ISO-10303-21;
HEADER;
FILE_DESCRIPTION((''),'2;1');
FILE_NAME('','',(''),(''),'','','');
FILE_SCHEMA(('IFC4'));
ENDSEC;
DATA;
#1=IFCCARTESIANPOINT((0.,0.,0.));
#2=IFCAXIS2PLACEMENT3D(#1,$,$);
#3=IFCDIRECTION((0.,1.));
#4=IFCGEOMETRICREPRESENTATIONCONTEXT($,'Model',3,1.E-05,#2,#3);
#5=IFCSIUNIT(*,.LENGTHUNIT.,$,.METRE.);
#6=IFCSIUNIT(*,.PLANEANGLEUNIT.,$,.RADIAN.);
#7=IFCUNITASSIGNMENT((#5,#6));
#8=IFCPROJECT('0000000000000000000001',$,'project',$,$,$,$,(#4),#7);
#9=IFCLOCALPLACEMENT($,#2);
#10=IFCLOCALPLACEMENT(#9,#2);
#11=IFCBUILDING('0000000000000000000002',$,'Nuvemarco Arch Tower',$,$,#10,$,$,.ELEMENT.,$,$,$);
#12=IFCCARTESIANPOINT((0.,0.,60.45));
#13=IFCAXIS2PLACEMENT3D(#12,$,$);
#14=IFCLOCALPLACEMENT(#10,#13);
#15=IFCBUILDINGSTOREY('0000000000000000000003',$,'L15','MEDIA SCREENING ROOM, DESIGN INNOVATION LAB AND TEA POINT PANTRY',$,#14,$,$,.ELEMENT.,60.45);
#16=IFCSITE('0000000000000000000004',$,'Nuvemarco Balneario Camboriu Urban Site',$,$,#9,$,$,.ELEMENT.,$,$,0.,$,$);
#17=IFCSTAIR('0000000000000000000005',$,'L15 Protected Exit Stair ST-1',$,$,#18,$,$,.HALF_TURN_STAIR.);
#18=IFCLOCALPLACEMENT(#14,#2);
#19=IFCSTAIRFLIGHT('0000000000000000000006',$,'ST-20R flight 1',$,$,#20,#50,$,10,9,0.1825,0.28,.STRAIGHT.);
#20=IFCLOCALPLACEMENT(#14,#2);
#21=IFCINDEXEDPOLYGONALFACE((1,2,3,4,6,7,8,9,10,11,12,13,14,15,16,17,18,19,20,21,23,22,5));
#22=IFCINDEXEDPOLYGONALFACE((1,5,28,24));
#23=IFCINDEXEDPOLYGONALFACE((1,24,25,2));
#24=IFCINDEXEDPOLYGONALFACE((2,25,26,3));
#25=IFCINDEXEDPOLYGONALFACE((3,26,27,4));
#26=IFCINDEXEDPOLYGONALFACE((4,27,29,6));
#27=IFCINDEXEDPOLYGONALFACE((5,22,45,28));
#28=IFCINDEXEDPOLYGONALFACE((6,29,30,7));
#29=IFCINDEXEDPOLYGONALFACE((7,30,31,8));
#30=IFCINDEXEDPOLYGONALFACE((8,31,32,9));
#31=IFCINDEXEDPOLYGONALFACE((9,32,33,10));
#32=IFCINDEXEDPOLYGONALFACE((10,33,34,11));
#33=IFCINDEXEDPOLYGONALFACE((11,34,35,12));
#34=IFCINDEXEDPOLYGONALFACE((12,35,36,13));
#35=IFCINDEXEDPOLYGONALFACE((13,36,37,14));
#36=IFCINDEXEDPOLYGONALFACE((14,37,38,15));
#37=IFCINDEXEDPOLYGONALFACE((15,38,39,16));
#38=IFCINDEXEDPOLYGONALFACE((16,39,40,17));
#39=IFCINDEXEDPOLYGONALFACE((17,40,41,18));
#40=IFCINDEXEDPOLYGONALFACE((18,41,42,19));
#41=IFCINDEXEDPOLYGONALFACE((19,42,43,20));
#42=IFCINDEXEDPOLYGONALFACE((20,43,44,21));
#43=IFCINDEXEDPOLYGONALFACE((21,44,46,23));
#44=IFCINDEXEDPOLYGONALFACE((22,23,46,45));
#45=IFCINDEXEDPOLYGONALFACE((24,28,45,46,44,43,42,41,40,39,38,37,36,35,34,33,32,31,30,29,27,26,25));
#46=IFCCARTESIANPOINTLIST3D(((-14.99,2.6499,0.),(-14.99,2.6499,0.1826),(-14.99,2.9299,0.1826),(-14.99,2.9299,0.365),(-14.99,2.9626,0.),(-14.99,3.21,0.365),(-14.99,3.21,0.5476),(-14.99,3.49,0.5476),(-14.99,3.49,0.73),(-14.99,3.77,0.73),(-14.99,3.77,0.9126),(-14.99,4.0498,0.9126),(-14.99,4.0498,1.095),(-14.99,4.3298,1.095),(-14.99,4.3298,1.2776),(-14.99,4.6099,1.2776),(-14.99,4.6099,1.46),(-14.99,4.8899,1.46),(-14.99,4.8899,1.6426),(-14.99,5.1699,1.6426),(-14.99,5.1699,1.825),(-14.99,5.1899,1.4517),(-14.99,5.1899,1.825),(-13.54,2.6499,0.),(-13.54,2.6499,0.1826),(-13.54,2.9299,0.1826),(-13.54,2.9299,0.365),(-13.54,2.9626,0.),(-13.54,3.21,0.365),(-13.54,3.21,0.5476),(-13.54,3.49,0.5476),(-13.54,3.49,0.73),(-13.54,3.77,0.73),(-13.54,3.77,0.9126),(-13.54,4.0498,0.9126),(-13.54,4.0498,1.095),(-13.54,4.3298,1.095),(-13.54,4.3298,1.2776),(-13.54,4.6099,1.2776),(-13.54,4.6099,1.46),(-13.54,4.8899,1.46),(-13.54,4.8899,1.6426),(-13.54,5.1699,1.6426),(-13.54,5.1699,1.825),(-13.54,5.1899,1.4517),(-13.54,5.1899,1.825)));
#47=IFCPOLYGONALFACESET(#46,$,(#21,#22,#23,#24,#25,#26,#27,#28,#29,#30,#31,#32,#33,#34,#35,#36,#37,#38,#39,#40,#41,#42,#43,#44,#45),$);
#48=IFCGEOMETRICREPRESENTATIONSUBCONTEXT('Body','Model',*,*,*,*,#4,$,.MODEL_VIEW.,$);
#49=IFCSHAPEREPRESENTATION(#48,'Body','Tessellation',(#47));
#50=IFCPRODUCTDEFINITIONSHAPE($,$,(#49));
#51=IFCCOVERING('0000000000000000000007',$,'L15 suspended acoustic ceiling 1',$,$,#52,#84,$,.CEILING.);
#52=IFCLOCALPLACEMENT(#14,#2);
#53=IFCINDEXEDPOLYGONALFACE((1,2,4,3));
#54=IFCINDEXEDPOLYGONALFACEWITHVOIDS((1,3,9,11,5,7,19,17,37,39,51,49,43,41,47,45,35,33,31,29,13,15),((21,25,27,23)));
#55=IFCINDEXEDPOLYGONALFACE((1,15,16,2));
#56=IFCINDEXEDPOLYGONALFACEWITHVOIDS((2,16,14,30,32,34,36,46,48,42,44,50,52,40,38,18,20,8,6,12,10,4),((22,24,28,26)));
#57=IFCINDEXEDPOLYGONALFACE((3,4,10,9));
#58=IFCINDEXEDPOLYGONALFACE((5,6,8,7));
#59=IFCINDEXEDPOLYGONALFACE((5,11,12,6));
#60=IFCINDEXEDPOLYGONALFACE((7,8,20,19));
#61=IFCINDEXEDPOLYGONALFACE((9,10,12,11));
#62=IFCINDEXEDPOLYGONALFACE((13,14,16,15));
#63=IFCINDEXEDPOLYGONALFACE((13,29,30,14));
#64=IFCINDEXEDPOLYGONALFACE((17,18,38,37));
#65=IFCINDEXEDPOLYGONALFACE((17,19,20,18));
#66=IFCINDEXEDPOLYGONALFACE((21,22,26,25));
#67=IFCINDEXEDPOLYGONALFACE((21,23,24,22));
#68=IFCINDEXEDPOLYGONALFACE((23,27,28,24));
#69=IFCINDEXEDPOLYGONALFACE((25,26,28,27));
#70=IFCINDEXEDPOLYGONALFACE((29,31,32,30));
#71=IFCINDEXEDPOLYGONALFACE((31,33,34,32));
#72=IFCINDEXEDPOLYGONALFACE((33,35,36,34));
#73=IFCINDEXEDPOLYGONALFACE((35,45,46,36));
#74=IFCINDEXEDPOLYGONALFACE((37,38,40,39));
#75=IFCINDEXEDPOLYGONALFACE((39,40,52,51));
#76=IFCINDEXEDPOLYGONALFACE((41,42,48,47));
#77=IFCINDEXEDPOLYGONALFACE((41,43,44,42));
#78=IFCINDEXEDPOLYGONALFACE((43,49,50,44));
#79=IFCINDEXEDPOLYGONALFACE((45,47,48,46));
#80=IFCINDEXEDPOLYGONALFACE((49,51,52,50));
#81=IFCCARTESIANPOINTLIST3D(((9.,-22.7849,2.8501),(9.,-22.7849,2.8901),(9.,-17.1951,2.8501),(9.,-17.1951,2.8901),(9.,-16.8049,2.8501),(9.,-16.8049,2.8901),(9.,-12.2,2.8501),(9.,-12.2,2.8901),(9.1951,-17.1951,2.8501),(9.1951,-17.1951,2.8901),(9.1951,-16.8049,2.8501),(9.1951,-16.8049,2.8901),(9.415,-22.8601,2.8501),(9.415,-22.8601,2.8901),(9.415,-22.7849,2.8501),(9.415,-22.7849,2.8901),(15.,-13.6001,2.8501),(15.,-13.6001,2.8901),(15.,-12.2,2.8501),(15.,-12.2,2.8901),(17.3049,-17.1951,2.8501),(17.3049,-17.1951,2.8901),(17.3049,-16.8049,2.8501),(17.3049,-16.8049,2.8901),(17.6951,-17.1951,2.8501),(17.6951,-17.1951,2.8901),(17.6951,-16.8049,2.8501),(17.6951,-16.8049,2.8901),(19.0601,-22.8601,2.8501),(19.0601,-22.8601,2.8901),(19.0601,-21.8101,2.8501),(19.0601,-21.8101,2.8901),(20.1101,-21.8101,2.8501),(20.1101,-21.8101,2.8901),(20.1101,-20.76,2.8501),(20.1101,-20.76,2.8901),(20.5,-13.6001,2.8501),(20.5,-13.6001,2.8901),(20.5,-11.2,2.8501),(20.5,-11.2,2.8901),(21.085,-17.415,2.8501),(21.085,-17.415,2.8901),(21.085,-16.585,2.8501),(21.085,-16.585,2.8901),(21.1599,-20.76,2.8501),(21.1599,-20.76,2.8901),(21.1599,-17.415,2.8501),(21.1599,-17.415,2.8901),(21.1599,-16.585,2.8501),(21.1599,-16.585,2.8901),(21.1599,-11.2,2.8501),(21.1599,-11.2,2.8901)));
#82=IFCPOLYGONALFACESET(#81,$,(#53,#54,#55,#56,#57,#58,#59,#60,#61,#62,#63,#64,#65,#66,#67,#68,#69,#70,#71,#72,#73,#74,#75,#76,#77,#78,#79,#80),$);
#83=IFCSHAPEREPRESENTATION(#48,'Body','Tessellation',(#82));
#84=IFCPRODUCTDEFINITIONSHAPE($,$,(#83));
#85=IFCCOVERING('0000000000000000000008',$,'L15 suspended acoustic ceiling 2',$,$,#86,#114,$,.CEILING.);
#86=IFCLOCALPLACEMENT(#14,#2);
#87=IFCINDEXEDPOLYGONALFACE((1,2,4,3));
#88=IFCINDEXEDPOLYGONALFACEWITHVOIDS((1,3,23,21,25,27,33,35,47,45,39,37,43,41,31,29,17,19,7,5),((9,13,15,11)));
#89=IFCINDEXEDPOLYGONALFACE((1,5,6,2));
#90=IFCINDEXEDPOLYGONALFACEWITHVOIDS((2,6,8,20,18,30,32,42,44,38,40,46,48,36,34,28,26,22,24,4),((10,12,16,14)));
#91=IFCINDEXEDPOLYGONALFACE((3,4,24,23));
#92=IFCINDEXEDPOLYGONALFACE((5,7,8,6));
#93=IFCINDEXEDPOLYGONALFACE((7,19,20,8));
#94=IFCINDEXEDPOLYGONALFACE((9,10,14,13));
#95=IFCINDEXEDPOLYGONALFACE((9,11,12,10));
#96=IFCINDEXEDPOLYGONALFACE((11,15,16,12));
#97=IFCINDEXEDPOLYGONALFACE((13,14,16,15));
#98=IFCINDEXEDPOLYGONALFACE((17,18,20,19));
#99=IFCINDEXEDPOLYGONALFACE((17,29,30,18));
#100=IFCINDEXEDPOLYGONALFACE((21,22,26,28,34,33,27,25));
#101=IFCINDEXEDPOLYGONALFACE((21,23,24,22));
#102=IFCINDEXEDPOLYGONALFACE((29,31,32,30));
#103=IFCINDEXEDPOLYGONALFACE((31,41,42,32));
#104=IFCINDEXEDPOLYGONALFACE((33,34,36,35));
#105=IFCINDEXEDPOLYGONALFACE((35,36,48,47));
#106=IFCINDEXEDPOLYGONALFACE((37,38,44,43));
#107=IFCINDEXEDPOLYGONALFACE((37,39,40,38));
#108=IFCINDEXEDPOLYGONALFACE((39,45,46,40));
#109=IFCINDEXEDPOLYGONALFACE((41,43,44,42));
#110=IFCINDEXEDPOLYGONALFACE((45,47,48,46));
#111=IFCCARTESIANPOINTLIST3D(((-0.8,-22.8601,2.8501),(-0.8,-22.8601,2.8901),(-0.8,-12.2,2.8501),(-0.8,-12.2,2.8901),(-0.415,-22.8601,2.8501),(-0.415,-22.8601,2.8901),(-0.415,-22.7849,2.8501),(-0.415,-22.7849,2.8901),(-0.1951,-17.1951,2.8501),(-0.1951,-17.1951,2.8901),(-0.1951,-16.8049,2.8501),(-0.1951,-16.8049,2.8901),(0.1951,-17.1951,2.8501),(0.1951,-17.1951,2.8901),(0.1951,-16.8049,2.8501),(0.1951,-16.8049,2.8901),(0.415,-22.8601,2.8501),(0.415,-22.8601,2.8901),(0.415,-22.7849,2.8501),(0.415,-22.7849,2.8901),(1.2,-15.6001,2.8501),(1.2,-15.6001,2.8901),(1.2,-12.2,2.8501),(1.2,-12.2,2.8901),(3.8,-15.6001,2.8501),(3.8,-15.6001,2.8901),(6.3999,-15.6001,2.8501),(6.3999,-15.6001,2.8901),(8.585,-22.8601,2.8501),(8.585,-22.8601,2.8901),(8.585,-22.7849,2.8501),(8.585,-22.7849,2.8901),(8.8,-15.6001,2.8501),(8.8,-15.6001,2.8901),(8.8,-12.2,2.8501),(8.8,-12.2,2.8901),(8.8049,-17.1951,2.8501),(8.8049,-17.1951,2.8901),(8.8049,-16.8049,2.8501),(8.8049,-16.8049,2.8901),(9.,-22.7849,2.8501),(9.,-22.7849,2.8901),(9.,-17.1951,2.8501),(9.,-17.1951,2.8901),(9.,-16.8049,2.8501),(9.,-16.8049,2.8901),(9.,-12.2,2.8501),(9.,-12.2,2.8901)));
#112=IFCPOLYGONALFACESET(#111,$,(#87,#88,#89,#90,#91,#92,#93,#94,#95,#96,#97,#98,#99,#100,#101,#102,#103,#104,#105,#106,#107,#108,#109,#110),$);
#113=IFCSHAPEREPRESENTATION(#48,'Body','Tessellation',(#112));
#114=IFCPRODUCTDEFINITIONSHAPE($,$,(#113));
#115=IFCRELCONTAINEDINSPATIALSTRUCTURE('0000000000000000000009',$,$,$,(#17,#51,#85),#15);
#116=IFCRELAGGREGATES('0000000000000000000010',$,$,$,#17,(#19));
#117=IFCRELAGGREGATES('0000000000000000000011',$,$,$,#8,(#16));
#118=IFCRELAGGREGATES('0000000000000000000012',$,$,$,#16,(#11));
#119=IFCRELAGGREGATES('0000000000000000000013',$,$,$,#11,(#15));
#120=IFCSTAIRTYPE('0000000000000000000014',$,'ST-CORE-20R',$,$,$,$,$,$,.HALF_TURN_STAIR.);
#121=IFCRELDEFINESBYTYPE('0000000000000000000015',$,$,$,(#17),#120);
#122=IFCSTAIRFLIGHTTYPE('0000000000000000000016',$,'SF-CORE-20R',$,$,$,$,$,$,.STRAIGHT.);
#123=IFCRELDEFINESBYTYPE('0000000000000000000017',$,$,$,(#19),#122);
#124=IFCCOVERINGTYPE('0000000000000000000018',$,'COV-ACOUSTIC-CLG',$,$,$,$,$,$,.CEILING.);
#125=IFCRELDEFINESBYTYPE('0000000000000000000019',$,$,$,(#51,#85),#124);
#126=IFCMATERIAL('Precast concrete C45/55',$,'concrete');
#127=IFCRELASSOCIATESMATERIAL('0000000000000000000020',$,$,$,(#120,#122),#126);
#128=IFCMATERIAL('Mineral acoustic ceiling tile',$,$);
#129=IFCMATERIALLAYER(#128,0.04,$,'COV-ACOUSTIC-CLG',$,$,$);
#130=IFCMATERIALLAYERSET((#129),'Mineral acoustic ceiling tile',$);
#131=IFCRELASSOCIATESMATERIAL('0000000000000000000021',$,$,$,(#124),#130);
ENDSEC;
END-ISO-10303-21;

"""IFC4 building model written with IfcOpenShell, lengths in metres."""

from ifc_helpers import new_model, si_unit, direction, frame, origin, place, context, subcontext, project, spatial, polyline, outline, extrude, material, layer, layer_set, type_object, element, aggregate, save


model = new_model("IFC4")

# Units and contexts
model_context = context("Model", 3, precision=1e-05, world=origin(), true_north=direction((0.0, 1.0)))
body_context = subcontext(model_context, "Body", "Model", "MODEL_VIEW")
ifc_project = project(units=[si_unit("LENGTHUNIT", "METRE"), si_unit("PLANEANGLEUNIT", "RADIAN")], contexts=[model_context])

# Site, building, storey
site_placement = place(None, origin())
site = spatial("IfcSite", under=ifc_project, at=site_placement, Name="Nuvemarco Balneario Camboriu Urban Site", CompositionType="ELEMENT", RefElevation=0.0)
building_placement = place(site_placement, origin())
building = spatial("IfcBuilding", under=site, at=building_placement, Name="Nuvemarco Arch Tower", CompositionType="ELEMENT")
storey_placement = place(building_placement, frame((0.0, 0.0, 60.45)))
storey = spatial("IfcBuildingStorey", under=building, at=storey_placement, Name="L15", Description="MEDIA SCREENING ROOM, DESIGN INNOVATION LAB AND TEA POINT PANTRY", CompositionType="ELEMENT", Elevation=60.45)

# Stair
ifc_material_1 = material(Name="Precast concrete C45/55", Category="concrete")
stair_type = type_object("IfcStairType", Name="ST-CORE-20R", PredefinedType="HALF_TURN_STAIR", material=ifc_material_1)
stair_1_placement = place(storey_placement, origin())
stair_1 = element("IfcStair", 1, at=stair_1_placement, inside=storey, type_object=stair_type, Name="L15 Protected Exit Stair ST-1", PredefinedType="HALF_TURN_STAIR")

# Stair flight
stair_flight_type = type_object("IfcStairFlightType", Name="SF-CORE-20R", PredefinedType="STRAIGHT", material=ifc_material_1)
stair_flight_placement = place(storey_placement, frame((-14.2649, 2.6499, 0.0), z_axis=(0.0, 0.0, 1.0), x_axis=(0.0, 1.0, 0.0)))
stair_flight = element("IfcStairFlight", 2, at=stair_flight_placement, type_object=stair_flight_type, Name="ST-20R flight 1", NumberOfRisers=10, NumberOfTreads=9, PredefinedType="STRAIGHT", RiserHeight=0.1825, TreadLength=0.28, context=body_context, shape_type="SweptSolid", body=[
    extrude(outline(polyline([(0.0, 0.0), (0.0, 0.1826), (0.28, 0.1826), (0.28, 0.365), (0.5601, 0.365), (0.5601, 0.5476), (0.8401, 0.5476), (0.8401, 0.73), (1.1201, 0.73), (1.1201, 0.9126), (1.3999, 0.9126), (1.3999, 1.095), (1.6799, 1.095), (1.6799, 1.2776), (1.96, 1.2776), (1.96, 1.46), (2.24, 1.46), (2.24, 1.6426), (2.52, 1.6426), (2.52, 1.825), (2.54, 1.825), (2.54, 1.4517), (0.3127, 0.0), (0.0, 0.0)])), frame((0.0, 0.7251, 0.0), z_axis=(0.0, -1.0, 0.0), x_axis=(1.0, 0.0, 0.0)), (0.0, 0.0, 1.0), 1.45),
])
aggregate(stair_1, [stair_flight])

# Coverings
ifc_material_2 = material(Name="Mineral acoustic ceiling tile")
ifc_layer_1 = layer(ifc_material_2, 0.04, Name="COV-ACOUSTIC-CLG")
ifc_layer_set_1 = layer_set([ifc_layer_1], Name="Mineral acoustic ceiling tile")
covering_type = type_object("IfcCoveringType", Name="COV-ACOUSTIC-CLG", PredefinedType="CEILING", material=ifc_layer_set_1)
covering_1_placement = place(storey_placement, frame((0.0, 0.0, 2.8501)))
element("IfcCovering", 3, at=covering_1_placement, inside=storey, type_object=covering_type, Name="L15 suspended acoustic ceiling 1", PredefinedType="CEILING", context=body_context, shape_type="SweptSolid", body=[
    extrude(outline(polyline([(19.0601, -22.8601), (9.415, -22.8601), (9.415, -22.7849), (9.0, -22.7849), (9.0, -17.1951), (9.1951, -17.1951), (9.1951, -16.8049), (9.0, -16.8049), (9.0, -12.2), (15.0, -12.2), (15.0, -13.6001), (20.5, -13.6001), (20.5, -11.2), (21.1599, -11.2), (21.1599, -16.585), (21.085, -16.585), (21.085, -17.415), (21.1599, -17.415), (21.1599, -20.76), (20.1101, -20.76), (20.1101, -21.8101), (19.0601, -21.8101), (19.0601, -22.8601)]), holes=[polyline([(17.6951, -17.1951), (17.6951, -16.8049), (17.3049, -16.8049), (17.3049, -17.1951), (17.6951, -17.1951)])]), origin(), (0.0, 0.0, 1.0), 0.04),
])
covering_2_placement = place(storey_placement, frame((0.0, 0.0, 2.8501)))
element("IfcCovering", 4, at=covering_2_placement, inside=storey, type_object=covering_type, Name="L15 suspended acoustic ceiling 2", PredefinedType="CEILING", context=body_context, shape_type="SweptSolid", body=[
    extrude(outline(polyline([(3.8, -15.6001), (6.3999, -15.6001), (8.8, -15.6001), (8.8, -12.2), (9.0, -12.2), (9.0, -16.8049), (8.8049, -16.8049), (8.8049, -17.1951), (9.0, -17.1951), (9.0, -22.7849), (8.585, -22.7849), (8.585, -22.8601), (0.415, -22.8601), (0.415, -22.7849), (-0.415, -22.7849), (-0.415, -22.8601), (-0.8, -22.8601), (-0.8, -12.2), (1.2, -12.2), (1.2, -15.6001), (3.8, -15.6001)]), holes=[polyline([(0.1951, -17.1951), (0.1951, -16.8049), (-0.1951, -16.8049), (-0.1951, -17.1951), (0.1951, -17.1951)])]), origin(), (0.0, 0.0, 1.0), 0.04),
])

save(model, "model.ifc")
